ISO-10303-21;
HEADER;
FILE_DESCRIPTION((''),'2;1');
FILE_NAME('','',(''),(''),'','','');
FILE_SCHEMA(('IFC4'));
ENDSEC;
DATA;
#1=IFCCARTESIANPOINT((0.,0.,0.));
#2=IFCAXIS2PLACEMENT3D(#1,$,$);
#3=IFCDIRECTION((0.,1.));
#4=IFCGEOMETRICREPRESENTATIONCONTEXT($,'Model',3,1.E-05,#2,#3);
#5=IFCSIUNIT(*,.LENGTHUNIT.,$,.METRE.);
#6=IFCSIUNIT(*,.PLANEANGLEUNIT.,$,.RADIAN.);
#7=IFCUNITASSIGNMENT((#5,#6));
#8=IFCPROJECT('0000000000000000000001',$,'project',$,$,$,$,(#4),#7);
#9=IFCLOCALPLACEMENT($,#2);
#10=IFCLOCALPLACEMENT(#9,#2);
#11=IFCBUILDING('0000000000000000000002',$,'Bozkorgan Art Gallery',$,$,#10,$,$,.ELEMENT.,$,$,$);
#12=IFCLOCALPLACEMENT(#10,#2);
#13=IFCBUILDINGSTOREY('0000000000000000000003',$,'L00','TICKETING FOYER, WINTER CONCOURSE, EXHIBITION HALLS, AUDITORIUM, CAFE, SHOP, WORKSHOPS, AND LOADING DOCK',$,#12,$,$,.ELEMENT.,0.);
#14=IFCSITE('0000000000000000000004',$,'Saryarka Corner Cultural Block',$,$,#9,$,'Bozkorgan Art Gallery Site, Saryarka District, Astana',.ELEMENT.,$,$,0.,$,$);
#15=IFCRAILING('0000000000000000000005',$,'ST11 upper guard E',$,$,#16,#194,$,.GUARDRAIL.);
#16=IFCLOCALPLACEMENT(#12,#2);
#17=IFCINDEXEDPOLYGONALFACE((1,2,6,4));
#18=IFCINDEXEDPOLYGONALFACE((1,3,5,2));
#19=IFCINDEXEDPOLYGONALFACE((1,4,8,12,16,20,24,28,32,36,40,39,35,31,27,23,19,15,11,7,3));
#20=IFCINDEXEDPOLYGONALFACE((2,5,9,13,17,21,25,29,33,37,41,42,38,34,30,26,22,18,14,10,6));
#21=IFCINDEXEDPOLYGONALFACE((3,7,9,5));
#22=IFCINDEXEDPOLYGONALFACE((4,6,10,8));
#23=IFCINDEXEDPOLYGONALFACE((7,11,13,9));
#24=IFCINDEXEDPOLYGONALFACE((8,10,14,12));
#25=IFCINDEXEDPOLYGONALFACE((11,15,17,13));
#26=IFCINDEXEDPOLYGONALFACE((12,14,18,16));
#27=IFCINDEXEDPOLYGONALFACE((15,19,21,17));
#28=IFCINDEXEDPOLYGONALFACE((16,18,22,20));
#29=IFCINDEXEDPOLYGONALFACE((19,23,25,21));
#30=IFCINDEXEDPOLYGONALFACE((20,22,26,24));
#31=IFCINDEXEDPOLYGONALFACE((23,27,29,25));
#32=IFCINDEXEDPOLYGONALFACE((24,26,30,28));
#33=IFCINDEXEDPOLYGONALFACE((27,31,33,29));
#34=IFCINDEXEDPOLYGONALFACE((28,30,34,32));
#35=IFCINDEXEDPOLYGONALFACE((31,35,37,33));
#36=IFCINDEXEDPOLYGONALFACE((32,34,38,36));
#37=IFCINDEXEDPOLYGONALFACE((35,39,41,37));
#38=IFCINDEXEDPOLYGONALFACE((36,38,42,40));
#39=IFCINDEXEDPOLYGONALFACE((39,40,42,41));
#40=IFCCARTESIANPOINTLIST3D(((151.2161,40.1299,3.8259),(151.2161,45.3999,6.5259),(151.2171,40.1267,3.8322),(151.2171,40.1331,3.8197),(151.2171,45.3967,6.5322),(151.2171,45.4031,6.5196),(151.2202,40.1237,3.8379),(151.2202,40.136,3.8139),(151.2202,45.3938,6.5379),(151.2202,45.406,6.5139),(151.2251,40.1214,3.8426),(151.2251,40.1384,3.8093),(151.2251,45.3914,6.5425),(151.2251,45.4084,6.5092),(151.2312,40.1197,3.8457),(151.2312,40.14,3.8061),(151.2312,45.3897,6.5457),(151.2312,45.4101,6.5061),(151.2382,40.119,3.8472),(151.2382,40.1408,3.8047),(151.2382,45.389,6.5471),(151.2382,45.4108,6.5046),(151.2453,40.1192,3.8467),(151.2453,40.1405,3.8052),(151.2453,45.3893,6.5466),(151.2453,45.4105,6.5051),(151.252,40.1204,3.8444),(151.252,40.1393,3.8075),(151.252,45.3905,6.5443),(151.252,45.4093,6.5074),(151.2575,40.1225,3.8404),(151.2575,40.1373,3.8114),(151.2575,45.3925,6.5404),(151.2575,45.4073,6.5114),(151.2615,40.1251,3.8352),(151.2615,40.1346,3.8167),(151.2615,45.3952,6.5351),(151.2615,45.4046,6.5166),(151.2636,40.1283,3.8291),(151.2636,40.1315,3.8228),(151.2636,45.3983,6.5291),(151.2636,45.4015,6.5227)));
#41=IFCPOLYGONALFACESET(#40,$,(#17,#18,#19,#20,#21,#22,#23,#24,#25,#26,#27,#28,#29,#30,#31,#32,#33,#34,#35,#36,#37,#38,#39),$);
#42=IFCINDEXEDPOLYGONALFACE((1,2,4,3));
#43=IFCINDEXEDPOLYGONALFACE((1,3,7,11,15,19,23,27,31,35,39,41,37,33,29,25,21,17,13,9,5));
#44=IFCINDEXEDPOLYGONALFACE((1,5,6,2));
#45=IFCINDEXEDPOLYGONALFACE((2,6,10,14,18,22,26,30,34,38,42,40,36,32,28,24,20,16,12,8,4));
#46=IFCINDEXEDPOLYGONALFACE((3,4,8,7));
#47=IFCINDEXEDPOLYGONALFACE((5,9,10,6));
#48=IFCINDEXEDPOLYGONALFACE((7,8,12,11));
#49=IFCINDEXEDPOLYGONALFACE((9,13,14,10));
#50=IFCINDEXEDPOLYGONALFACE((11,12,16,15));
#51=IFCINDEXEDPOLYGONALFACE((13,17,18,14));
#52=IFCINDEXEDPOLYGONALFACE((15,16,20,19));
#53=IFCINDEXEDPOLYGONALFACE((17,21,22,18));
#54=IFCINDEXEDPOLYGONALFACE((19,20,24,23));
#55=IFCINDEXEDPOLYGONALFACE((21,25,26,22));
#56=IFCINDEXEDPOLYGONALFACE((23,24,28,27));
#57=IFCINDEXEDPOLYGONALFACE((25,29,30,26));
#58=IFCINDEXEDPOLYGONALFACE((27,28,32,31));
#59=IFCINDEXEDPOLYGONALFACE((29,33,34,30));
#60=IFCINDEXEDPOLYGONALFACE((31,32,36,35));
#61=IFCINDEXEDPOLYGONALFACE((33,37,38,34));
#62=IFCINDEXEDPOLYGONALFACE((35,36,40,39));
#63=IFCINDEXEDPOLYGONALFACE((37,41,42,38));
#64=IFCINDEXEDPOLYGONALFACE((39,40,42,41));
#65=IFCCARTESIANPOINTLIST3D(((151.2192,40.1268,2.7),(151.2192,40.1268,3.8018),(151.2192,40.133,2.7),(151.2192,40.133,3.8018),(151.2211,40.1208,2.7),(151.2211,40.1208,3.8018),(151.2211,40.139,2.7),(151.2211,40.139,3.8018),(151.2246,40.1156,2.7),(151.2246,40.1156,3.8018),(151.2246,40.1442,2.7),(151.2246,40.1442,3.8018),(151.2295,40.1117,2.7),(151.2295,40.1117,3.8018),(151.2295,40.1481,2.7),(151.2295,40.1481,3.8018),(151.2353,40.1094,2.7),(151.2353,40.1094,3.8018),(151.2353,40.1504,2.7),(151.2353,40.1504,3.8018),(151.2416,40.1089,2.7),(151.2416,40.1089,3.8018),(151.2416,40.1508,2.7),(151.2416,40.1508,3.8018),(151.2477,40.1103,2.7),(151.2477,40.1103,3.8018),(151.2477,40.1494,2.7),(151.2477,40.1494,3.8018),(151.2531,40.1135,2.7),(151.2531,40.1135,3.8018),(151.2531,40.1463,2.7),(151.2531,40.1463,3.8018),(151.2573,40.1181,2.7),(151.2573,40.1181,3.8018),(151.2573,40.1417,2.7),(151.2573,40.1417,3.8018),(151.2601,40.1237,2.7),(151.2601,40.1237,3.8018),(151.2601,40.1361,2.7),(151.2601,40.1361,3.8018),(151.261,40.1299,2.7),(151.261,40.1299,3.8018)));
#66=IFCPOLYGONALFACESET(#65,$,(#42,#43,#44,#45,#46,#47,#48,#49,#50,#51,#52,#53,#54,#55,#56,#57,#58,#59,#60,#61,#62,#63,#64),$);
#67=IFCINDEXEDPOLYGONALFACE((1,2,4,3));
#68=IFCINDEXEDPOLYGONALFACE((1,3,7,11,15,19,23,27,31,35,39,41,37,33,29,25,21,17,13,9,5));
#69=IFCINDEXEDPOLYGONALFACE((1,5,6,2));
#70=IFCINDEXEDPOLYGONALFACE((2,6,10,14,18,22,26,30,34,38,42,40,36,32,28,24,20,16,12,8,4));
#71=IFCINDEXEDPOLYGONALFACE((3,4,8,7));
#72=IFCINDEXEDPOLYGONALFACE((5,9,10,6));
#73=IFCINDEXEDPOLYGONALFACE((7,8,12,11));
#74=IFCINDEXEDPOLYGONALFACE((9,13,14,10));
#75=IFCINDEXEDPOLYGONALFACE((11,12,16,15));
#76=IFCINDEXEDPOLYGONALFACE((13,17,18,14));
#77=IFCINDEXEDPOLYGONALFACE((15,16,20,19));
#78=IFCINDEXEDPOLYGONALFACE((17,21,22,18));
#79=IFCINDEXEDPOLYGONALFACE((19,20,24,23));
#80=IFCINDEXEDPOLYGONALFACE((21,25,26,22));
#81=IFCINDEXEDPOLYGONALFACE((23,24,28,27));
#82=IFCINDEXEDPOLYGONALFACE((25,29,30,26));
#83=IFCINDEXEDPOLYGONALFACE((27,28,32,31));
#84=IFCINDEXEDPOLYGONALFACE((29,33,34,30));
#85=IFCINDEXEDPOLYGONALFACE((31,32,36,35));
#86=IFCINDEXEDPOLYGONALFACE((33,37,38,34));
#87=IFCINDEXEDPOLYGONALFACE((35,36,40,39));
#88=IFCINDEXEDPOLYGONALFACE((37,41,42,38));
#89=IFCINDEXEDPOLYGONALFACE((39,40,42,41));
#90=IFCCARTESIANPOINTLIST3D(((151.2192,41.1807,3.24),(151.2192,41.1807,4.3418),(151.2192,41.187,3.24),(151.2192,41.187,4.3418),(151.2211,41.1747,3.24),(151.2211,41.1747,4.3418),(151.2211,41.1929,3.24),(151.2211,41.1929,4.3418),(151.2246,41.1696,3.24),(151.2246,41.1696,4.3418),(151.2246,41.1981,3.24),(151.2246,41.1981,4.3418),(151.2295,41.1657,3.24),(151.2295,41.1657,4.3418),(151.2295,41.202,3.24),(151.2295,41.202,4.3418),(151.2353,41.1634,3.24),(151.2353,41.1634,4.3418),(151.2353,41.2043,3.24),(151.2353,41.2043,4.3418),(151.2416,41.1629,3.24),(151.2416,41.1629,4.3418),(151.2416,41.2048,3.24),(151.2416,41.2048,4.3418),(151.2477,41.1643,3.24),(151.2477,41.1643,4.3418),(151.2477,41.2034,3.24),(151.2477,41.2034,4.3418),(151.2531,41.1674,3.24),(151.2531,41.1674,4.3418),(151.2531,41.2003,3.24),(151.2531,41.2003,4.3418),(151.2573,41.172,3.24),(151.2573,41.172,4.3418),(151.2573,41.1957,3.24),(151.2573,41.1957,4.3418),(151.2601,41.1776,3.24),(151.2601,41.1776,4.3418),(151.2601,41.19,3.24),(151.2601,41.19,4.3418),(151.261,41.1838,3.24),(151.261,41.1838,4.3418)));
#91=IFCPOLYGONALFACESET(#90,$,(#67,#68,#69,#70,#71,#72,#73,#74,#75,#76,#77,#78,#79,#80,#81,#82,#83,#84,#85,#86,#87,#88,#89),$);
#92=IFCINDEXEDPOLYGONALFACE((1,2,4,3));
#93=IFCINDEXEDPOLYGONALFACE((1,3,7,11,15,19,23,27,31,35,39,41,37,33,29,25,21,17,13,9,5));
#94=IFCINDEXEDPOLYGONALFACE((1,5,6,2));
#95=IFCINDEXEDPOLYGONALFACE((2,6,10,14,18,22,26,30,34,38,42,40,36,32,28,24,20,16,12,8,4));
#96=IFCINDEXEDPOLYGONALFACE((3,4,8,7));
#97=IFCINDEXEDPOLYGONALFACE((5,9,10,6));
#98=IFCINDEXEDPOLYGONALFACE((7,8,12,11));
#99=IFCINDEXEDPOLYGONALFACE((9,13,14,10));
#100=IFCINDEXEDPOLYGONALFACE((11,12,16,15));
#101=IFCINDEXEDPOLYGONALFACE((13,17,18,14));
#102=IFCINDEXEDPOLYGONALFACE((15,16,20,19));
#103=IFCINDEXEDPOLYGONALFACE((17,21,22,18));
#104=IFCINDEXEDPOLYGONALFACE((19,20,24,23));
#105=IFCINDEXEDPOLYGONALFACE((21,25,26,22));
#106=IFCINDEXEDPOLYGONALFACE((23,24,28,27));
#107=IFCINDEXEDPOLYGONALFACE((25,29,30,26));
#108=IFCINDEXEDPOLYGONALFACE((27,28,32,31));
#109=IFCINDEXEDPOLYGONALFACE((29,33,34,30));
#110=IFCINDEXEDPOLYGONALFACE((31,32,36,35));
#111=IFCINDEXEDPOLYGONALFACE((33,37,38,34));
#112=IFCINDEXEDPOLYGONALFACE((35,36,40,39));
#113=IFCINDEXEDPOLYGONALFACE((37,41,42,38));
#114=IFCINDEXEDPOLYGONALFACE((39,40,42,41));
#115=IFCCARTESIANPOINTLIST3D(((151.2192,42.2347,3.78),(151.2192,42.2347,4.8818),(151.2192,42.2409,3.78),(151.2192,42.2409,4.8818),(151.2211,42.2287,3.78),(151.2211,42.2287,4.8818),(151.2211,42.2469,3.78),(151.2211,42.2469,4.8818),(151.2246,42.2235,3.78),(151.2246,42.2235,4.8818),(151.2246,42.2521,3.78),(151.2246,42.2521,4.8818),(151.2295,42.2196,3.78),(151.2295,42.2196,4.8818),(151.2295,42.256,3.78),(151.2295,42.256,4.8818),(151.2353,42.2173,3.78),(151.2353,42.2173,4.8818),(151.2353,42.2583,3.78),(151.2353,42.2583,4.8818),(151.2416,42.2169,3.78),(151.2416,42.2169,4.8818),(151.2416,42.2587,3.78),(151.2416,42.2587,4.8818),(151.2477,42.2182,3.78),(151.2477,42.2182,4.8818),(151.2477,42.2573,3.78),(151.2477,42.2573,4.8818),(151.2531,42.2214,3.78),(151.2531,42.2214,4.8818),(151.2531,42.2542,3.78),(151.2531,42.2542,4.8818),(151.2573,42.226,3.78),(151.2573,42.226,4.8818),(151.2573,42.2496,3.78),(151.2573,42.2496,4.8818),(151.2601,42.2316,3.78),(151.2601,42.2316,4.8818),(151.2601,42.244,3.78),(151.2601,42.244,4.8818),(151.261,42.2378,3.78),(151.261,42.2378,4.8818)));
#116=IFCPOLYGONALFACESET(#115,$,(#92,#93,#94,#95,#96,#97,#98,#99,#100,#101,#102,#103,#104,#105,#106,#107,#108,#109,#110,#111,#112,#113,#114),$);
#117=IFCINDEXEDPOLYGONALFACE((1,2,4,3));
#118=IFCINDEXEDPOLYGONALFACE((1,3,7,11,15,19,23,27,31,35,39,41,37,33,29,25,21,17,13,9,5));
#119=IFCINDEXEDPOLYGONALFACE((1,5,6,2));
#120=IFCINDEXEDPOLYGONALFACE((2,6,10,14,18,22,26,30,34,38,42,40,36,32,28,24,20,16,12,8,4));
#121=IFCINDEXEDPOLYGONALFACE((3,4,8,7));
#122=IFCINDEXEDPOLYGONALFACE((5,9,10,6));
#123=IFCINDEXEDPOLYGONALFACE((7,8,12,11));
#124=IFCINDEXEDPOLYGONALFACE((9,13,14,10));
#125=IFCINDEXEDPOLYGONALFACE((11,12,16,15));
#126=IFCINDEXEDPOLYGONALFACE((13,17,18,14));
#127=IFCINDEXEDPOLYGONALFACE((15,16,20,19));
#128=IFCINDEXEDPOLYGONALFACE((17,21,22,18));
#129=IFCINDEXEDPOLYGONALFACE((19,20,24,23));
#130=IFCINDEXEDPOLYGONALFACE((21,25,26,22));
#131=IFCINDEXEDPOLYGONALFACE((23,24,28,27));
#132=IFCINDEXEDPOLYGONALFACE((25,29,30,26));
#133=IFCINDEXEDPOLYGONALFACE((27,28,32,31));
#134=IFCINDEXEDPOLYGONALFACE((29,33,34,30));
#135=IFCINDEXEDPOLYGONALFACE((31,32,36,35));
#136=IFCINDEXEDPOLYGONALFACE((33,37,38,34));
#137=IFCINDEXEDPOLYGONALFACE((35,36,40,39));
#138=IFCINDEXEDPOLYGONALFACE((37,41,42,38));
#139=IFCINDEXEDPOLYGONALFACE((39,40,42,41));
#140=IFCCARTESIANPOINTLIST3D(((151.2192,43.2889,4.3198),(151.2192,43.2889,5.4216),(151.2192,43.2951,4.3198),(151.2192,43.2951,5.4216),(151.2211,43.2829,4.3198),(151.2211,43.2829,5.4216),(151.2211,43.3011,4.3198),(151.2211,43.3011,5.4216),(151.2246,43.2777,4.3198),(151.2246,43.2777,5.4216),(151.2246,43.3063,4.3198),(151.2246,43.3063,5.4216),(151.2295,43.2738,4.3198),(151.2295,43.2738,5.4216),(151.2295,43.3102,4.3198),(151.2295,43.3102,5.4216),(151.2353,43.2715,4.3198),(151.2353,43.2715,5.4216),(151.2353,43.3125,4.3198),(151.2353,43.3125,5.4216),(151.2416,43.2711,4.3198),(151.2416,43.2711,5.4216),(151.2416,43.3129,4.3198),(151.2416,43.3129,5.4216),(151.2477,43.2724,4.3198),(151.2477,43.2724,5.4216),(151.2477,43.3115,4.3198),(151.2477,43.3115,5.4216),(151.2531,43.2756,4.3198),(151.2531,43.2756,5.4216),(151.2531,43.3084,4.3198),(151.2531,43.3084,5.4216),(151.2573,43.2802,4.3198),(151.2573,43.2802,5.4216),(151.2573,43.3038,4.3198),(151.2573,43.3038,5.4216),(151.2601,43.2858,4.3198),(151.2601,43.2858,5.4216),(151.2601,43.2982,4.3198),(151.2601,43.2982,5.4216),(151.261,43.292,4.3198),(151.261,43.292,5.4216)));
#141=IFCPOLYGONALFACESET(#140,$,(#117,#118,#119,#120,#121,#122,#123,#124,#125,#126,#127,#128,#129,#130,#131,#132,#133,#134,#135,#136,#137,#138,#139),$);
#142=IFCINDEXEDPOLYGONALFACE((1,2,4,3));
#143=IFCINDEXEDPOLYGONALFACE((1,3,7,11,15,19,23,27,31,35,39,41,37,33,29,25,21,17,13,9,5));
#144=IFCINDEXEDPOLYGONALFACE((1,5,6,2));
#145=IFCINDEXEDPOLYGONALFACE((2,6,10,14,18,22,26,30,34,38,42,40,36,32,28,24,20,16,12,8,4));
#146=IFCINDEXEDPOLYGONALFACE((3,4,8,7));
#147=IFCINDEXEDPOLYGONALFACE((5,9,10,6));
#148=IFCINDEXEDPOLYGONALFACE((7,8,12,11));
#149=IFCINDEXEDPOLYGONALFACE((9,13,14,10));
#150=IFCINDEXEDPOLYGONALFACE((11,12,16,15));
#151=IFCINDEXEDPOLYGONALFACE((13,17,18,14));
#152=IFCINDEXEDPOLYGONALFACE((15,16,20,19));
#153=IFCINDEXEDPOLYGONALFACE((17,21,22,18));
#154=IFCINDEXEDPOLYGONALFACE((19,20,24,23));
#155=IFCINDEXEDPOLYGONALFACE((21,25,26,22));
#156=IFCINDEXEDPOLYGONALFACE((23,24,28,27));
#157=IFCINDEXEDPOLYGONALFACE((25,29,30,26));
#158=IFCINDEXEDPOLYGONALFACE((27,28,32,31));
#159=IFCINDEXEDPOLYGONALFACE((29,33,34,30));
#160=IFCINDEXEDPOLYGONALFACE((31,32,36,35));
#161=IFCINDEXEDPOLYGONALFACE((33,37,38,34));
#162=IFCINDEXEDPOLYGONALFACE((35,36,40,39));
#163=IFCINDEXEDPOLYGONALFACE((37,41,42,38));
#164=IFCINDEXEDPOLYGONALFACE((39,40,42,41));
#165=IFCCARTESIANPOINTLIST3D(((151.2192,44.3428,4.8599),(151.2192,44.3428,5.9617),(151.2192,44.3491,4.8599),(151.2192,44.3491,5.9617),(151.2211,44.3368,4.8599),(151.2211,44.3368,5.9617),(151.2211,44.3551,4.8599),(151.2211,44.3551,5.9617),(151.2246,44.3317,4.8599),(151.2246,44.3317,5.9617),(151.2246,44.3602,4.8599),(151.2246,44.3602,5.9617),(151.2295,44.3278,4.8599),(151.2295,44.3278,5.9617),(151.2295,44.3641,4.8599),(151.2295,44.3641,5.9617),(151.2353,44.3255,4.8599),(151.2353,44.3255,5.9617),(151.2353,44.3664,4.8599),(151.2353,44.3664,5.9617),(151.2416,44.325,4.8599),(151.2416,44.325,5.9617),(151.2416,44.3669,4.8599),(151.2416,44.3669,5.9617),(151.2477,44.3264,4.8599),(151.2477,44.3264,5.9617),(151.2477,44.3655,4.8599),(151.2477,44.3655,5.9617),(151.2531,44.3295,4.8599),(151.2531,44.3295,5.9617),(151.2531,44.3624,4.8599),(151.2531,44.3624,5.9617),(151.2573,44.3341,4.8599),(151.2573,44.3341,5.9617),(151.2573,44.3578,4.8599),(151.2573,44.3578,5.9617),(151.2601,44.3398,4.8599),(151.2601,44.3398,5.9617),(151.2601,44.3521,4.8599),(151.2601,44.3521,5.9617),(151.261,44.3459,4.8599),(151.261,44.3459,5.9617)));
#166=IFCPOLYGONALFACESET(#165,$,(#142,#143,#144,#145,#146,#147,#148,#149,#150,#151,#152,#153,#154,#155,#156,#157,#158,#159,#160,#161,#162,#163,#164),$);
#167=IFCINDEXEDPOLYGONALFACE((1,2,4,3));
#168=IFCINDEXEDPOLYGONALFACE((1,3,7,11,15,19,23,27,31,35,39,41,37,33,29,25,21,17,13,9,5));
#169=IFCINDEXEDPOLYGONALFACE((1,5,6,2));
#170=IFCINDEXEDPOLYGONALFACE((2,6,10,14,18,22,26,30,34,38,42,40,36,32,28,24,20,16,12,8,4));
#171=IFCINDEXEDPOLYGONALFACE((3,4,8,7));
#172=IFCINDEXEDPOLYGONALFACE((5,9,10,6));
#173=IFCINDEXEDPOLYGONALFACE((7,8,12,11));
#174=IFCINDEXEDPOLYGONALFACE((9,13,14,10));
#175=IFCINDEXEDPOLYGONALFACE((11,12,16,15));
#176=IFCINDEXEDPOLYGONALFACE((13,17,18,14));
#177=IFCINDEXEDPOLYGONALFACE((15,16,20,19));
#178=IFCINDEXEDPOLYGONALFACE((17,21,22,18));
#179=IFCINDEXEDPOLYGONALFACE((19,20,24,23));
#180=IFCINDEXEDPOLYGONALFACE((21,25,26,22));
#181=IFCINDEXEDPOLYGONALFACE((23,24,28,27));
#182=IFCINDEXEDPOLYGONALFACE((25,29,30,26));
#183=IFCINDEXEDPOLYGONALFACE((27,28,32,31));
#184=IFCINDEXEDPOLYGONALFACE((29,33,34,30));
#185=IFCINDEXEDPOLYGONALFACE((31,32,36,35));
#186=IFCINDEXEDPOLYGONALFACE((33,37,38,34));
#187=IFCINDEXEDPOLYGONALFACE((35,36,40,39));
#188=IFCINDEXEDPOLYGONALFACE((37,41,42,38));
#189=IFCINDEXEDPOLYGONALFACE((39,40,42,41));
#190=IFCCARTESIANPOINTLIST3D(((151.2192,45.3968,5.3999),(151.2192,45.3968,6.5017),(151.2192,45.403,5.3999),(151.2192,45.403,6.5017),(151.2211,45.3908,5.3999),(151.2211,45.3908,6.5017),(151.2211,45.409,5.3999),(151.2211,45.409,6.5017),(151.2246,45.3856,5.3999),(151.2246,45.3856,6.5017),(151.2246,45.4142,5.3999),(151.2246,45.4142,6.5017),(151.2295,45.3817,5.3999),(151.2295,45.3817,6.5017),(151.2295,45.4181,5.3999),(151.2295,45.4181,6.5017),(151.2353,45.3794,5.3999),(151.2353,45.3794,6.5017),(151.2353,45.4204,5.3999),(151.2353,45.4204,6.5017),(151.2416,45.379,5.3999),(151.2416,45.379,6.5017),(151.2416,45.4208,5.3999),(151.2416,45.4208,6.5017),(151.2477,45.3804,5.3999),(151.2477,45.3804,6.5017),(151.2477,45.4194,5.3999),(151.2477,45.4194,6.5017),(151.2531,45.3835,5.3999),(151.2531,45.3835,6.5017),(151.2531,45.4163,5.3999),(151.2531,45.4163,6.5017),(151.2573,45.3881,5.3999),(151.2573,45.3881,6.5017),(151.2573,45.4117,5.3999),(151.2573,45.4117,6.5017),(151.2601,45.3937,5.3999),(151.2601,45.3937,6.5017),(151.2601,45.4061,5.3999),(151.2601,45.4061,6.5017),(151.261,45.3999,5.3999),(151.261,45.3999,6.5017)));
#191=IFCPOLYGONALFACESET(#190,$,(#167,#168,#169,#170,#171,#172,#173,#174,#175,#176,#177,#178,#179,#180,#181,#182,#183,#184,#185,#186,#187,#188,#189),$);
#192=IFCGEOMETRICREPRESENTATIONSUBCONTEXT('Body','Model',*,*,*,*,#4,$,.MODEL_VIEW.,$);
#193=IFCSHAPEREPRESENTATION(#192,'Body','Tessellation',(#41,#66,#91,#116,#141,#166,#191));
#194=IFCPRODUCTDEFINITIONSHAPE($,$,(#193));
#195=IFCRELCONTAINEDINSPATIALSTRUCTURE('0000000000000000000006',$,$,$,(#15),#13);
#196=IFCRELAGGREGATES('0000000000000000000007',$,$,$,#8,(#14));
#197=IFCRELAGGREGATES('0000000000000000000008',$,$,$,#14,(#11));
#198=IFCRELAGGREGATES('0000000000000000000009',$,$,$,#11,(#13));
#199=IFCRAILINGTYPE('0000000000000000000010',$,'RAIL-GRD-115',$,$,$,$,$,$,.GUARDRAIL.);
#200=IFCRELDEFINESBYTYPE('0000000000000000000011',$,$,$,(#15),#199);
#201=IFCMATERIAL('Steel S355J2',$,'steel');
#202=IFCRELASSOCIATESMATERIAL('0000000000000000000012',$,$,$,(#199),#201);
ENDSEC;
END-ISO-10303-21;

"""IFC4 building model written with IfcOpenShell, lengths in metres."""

from ifc_helpers import new_model, si_unit, direction, frame, origin, origin_2d, place, context, subcontext, project, spatial, circle, extrude, material, type_object, element, save


model = new_model("IFC4")

# Units and contexts
model_context = context("Model", 3, precision=1e-05, world=origin(), true_north=direction((0.0, 1.0)))
body_context = subcontext(model_context, "Body", "Model", "MODEL_VIEW")
ifc_project = project(units=[si_unit("LENGTHUNIT", "METRE"), si_unit("PLANEANGLEUNIT", "RADIAN")], contexts=[model_context])

# Site, building, storey
site_placement = place(None, origin())
site = spatial("IfcSite", under=ifc_project, at=site_placement, Name="Saryarka Corner Cultural Block", LongName="Bozkorgan Art Gallery Site, Saryarka District, Astana", CompositionType="ELEMENT", RefElevation=0.0)
building_placement = place(site_placement, origin())
building = spatial("IfcBuilding", under=site, at=building_placement, Name="Bozkorgan Art Gallery", CompositionType="ELEMENT")
storey_placement = place(building_placement, origin())
storey = spatial("IfcBuildingStorey", under=building, at=storey_placement, Name="L00", Description="TICKETING FOYER, WINTER CONCOURSE, EXHIBITION HALLS, AUDITORIUM, CAFE, SHOP, WORKSHOPS, AND LOADING DOCK", CompositionType="ELEMENT", Elevation=0.0)

# Shared definitions
ifc_material_1 = material(Name="Steel S355J2", Category="steel")

# Railing
railing_type = type_object("IfcRailingType", Name="RAIL-GRD-115", PredefinedType="GUARDRAIL", material=ifc_material_1)
railing_placement = place(storey_placement, frame((151.24, 40.1299, 2.7)))
element("IfcRailing", 1, at=railing_placement, inside=storey, type_object=railing_type, Name="ST11 upper guard E", PredefinedType="GUARDRAIL", context=body_context, shape_type="SweptSolid", body=[
    extrude(circle(Radius=0.0239, at=origin_2d()), frame((0.0, 0.0, 1.126), z_axis=(0.0, 0.889997, 0.455966), x_axis=(-1.0, 0.0, 0.0)), (0.0, 0.0, 1.0), 5.9214),
    extrude(circle(Radius=0.021, at=origin_2d()), origin(), (0.0, 0.0, 1.0), 1.1018),
    extrude(circle(Radius=0.021, at=origin_2d()), frame((0.0, 1.054, 0.54)), (0.0, 0.0, 1.0), 1.1018),
    extrude(circle(Radius=0.021, at=origin_2d()), frame((0.0, 2.1079, 1.0801)), (0.0, 0.0, 1.0), 1.1018),
    extrude(circle(Radius=0.021, at=origin_2d()), frame((0.0, 3.1621, 1.6199)), (0.0, 0.0, 1.0), 1.1018),
    extrude(circle(Radius=0.021, at=origin_2d()), frame((0.0, 4.2161, 2.1599)), (0.0, 0.0, 1.0), 1.1018),
    extrude(circle(Radius=0.021, at=origin_2d()), frame((0.0, 5.27, 2.7)), (0.0, 0.0, 1.0), 1.1018),
])

save(model, "model.ifc")
